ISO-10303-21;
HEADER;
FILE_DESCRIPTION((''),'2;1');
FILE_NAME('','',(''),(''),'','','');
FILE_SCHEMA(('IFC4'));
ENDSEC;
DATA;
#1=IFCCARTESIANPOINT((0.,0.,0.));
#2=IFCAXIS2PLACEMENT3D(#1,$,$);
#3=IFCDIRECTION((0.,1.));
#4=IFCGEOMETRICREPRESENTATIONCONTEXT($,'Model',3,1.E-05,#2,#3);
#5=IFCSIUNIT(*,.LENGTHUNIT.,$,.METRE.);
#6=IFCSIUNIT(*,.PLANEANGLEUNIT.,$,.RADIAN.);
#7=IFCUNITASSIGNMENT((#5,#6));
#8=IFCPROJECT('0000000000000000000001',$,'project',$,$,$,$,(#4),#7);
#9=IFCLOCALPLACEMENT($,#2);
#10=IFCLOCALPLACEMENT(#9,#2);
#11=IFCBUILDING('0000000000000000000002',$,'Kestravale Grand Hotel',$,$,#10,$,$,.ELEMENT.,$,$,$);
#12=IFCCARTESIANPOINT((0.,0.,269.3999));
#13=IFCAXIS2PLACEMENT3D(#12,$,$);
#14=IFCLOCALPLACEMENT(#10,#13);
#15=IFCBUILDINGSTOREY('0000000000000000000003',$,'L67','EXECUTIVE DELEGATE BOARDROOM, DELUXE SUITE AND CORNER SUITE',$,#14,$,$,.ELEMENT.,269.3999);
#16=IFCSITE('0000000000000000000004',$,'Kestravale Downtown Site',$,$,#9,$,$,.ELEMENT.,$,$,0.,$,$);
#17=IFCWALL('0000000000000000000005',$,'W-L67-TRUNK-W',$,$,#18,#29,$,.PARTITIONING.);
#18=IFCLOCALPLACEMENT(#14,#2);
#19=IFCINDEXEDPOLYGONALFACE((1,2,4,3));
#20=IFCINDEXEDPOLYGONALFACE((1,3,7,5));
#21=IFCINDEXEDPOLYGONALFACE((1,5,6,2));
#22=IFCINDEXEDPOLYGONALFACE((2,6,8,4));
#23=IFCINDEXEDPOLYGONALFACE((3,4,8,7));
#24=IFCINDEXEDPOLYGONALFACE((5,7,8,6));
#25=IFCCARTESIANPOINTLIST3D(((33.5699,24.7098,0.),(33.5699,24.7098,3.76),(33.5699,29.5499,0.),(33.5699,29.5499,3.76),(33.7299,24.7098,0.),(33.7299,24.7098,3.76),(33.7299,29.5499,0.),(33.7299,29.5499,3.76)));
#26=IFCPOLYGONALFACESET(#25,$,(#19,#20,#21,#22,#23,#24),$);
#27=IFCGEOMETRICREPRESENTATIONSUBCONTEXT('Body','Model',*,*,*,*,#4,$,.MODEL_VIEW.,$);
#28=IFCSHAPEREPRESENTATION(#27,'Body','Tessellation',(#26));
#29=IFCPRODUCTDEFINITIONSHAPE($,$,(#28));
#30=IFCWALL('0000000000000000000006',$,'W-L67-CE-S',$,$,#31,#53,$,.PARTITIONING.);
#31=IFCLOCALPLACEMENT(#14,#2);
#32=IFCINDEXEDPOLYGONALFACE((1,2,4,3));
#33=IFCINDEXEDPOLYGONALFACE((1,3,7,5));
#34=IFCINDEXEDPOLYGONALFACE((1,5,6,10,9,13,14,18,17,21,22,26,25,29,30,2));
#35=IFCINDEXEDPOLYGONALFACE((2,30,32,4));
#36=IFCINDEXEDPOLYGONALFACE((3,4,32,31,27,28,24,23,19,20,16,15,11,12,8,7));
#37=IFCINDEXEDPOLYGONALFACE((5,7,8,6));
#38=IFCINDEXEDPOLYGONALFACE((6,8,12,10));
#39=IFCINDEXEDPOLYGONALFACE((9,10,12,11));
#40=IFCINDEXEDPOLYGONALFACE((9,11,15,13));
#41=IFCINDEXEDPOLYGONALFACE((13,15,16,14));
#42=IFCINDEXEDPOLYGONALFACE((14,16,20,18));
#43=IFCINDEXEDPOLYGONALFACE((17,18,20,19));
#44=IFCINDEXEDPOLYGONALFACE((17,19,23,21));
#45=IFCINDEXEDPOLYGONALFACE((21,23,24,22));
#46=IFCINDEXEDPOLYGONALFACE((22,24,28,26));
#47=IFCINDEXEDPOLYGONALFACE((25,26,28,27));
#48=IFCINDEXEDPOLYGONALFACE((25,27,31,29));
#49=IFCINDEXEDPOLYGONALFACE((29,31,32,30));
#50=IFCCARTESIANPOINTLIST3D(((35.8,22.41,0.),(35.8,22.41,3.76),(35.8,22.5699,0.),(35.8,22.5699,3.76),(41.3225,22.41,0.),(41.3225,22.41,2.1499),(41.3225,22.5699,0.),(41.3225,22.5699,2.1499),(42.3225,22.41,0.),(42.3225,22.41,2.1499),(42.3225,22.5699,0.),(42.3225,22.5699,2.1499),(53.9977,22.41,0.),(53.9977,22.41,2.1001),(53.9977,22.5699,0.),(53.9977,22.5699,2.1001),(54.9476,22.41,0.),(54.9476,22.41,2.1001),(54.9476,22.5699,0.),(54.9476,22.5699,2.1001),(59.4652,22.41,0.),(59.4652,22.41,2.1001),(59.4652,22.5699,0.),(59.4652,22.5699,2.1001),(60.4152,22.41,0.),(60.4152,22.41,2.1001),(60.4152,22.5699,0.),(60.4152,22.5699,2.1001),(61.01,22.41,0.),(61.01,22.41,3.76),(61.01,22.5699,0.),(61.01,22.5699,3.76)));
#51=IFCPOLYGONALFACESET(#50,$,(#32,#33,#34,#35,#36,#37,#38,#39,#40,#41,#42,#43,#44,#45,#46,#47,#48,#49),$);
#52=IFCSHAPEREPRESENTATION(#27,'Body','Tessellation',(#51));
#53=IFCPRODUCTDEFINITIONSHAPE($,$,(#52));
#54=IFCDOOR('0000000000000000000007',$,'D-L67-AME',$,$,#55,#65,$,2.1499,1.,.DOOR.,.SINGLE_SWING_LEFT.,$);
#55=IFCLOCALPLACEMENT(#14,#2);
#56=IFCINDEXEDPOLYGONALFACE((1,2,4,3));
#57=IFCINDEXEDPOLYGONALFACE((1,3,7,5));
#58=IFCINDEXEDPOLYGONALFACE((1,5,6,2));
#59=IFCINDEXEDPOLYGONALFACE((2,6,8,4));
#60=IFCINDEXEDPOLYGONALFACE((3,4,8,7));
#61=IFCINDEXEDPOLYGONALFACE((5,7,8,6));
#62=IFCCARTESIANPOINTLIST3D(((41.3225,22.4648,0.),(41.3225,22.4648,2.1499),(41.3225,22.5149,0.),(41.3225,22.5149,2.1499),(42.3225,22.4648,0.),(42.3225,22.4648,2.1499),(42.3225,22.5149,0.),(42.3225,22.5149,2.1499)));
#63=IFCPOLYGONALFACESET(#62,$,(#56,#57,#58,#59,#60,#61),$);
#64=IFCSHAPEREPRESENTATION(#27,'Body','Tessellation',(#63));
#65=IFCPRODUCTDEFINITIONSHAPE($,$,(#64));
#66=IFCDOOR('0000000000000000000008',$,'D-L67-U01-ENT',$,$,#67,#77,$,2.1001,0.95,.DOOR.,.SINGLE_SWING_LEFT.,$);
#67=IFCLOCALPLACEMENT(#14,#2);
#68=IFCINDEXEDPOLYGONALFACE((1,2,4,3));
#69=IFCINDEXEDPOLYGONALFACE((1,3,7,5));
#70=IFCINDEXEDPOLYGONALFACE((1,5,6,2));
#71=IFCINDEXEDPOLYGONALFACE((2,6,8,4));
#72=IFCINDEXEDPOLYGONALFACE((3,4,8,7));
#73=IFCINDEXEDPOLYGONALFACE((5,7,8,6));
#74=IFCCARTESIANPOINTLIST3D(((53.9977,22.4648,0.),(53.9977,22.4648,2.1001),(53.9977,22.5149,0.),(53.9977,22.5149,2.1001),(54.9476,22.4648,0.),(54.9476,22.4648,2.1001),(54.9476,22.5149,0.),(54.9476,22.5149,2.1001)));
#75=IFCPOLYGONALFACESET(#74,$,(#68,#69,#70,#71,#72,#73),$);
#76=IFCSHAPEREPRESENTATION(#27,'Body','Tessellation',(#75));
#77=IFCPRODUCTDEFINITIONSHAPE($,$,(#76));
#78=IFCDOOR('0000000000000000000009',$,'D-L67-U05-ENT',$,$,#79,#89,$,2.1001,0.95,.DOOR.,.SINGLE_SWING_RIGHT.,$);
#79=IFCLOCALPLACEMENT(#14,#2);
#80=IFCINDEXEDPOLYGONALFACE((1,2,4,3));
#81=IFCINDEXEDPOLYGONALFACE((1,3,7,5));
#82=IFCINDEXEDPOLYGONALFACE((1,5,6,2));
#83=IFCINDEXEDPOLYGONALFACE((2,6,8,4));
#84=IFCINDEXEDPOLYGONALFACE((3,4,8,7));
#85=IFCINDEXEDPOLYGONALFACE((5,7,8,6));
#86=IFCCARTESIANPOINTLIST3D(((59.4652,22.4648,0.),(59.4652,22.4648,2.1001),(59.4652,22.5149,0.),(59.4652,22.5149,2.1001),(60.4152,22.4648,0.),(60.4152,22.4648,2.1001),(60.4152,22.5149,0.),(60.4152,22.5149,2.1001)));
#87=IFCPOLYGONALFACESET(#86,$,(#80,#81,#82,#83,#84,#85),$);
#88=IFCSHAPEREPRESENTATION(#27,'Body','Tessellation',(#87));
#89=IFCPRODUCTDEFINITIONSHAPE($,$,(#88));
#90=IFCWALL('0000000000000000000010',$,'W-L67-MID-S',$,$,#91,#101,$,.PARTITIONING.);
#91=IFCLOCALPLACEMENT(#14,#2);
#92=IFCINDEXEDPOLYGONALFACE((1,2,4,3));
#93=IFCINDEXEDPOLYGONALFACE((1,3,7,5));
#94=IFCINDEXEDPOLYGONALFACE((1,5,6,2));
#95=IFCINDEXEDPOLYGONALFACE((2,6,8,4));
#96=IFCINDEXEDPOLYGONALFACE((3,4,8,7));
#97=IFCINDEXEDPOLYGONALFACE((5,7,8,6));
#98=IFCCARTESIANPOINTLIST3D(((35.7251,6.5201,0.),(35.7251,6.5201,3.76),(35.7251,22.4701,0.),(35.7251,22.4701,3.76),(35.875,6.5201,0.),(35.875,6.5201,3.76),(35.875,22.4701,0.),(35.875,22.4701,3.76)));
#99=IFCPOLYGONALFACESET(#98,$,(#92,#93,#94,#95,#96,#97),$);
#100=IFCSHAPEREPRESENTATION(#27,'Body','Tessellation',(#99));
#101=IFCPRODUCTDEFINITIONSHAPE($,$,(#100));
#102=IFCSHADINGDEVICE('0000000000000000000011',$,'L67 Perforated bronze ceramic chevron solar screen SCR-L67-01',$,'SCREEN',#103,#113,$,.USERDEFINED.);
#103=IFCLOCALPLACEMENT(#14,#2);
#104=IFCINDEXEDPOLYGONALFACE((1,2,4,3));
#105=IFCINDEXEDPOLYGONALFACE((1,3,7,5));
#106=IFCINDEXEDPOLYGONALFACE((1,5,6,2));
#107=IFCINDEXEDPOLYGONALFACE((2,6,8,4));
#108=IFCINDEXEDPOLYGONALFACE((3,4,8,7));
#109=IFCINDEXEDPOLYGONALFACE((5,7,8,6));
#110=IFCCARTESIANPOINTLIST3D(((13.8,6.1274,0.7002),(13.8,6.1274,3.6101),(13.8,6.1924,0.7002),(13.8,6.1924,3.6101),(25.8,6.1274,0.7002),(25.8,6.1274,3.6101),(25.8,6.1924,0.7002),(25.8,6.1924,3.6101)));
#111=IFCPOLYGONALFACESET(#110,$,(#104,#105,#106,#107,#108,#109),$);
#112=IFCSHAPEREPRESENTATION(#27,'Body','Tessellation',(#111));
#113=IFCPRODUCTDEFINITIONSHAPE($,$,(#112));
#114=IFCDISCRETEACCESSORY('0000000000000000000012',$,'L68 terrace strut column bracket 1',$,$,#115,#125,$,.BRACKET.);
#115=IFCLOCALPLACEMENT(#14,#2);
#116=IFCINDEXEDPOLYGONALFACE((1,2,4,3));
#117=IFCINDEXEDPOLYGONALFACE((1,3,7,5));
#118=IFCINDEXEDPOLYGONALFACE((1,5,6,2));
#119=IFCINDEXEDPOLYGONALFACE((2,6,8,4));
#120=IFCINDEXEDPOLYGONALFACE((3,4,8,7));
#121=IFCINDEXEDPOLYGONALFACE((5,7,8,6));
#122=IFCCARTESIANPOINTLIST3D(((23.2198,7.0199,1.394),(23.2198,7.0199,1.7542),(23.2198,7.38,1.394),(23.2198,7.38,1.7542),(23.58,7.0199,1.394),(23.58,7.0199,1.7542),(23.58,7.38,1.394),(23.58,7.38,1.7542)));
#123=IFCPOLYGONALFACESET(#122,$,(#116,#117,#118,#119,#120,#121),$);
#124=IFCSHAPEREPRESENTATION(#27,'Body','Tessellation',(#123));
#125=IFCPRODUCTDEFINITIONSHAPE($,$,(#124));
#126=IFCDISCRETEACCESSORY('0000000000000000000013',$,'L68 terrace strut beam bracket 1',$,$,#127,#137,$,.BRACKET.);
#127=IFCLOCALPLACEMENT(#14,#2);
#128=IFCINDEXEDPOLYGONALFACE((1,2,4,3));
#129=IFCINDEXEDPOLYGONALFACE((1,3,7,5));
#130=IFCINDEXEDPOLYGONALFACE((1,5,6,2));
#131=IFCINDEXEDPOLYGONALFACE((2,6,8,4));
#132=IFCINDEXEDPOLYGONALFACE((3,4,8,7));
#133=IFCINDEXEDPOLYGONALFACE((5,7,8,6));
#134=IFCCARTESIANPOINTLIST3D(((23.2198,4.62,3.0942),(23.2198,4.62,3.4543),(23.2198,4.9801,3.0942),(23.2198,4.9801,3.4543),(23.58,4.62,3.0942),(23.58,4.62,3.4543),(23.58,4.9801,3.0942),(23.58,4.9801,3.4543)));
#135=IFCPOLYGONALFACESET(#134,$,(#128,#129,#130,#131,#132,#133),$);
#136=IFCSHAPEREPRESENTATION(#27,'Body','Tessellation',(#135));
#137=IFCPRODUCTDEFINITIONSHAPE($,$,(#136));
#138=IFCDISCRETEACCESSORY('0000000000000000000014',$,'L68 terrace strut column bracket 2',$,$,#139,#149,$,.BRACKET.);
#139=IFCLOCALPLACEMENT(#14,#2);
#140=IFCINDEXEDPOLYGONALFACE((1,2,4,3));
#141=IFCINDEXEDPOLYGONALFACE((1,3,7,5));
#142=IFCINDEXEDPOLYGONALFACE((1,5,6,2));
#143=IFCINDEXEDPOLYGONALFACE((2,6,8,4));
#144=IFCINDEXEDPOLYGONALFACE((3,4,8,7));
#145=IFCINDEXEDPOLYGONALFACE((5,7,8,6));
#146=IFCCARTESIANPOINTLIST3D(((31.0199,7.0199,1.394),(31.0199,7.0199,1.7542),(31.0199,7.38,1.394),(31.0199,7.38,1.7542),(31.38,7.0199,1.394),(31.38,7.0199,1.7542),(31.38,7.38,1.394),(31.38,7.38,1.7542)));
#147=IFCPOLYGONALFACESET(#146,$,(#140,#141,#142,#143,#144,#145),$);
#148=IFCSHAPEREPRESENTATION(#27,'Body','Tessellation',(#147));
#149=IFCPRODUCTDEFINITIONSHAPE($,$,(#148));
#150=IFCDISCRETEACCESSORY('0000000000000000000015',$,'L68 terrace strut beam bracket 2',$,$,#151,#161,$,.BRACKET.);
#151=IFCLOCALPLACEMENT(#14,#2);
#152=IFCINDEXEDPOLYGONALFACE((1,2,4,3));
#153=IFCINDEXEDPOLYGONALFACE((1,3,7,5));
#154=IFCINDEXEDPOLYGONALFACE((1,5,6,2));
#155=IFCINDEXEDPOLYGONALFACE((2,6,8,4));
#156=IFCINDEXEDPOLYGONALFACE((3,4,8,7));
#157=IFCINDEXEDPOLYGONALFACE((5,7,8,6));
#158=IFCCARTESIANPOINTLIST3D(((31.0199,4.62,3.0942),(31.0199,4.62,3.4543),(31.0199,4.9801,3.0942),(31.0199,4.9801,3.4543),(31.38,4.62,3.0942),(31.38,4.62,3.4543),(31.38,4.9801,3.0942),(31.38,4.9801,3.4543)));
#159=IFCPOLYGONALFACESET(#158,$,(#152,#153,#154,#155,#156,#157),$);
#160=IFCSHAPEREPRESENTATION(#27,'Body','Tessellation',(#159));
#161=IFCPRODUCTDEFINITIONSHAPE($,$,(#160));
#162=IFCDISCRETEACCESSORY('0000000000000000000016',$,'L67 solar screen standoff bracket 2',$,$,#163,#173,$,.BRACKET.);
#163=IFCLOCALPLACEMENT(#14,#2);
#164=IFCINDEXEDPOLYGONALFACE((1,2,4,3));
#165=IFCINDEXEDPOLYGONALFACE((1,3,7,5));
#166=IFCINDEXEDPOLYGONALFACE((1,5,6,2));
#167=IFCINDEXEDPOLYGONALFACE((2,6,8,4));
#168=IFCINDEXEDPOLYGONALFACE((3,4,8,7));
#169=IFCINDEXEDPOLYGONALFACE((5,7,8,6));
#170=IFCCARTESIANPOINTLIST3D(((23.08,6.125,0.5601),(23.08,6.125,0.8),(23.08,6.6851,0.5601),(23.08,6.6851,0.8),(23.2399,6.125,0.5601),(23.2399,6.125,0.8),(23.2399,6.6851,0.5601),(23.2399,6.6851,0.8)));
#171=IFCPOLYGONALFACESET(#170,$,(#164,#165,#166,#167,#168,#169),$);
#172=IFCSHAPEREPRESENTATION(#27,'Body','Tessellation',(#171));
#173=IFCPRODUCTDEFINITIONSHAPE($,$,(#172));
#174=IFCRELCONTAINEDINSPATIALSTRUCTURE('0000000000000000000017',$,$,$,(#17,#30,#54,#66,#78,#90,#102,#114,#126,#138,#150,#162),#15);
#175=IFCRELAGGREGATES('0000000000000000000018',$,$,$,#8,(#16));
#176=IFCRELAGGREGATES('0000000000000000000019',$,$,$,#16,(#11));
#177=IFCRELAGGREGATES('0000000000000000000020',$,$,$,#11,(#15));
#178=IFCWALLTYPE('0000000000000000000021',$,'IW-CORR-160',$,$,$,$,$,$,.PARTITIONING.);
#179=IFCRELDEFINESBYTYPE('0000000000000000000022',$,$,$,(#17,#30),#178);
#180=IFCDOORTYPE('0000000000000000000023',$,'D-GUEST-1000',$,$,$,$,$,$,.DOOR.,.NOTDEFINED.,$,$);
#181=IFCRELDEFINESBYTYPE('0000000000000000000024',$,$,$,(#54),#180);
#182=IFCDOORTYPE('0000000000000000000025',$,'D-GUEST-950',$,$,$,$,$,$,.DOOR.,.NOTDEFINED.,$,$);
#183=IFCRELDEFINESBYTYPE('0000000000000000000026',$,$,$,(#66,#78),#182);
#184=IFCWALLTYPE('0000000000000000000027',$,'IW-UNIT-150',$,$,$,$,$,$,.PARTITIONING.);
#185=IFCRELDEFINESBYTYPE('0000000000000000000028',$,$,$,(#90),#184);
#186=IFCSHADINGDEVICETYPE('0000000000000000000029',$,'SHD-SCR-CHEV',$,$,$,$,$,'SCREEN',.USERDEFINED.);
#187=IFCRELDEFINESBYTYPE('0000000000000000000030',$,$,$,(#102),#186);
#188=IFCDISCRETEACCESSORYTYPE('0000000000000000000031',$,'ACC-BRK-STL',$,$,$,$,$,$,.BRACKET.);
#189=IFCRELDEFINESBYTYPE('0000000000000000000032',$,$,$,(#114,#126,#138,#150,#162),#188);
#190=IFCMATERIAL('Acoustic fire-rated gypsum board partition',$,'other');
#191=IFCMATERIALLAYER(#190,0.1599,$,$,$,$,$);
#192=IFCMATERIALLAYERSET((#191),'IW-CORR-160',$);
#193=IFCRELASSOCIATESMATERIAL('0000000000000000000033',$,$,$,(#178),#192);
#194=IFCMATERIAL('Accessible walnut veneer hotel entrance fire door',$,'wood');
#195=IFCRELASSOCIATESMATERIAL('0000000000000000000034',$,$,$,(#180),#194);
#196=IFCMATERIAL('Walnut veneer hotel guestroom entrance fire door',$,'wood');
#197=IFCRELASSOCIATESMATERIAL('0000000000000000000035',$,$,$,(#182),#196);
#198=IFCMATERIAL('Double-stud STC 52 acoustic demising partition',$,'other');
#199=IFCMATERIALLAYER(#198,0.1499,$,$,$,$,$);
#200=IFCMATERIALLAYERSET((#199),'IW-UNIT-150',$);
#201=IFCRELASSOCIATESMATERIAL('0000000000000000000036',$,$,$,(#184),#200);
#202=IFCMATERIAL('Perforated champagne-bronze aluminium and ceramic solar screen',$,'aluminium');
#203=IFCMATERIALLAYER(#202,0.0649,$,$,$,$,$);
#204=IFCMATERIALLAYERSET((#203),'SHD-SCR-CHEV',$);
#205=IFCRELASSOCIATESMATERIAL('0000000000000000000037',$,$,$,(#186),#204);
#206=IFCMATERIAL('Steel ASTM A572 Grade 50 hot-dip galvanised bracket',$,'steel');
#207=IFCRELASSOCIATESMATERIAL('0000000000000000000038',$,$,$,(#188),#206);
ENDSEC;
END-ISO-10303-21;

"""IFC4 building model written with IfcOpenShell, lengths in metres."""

from ifc_helpers import new_model, si_unit, direction, frame, frame_2d, origin, origin_2d, place, context, subcontext, project, spatial, rectangle, extrude, material, layer, layer_set, type_object, element, fill, save


model = new_model("IFC4")

# Units and contexts
model_context = context("Model", 3, precision=1e-05, world=origin(), true_north=direction((0.0, 1.0)))
body_context = subcontext(model_context, "Body", "Model", "MODEL_VIEW")
ifc_project = project(units=[si_unit("LENGTHUNIT", "METRE"), si_unit("PLANEANGLEUNIT", "RADIAN")], contexts=[model_context])

# Site, building, storey
site_placement = place(None, origin())
site = spatial("IfcSite", under=ifc_project, at=site_placement, Name="Kestravale Downtown Site", CompositionType="ELEMENT", RefElevation=0.0)
building_placement = place(site_placement, origin())
building = spatial("IfcBuilding", under=site, at=building_placement, Name="Kestravale Grand Hotel", CompositionType="ELEMENT")
storey_placement = place(building_placement, frame((0.0, 0.0, 269.3999)))
storey = spatial("IfcBuildingStorey", under=building, at=storey_placement, Name="L67", Description="EXECUTIVE DELEGATE BOARDROOM, DELUXE SUITE AND CORNER SUITE", CompositionType="ELEMENT", Elevation=269.3999)

# Wall
ifc_material_1 = material(Name="Acoustic fire-rated gypsum board partition", Category="other")
ifc_layer_1 = layer(ifc_material_1, 0.1599)
ifc_layer_set_1 = layer_set([ifc_layer_1], Name="IW-CORR-160")
wall_type_1 = type_object("IfcWallType", Name="IW-CORR-160", PredefinedType="PARTITIONING", material=ifc_layer_set_1)
wall_1_placement = place(storey_placement, frame((33.6499, 24.71, 0.0), z_axis=(0.0, 0.0, 1.0), x_axis=(0.0, 1.0, 0.0)))
element("IfcWall", 1, at=wall_1_placement, inside=storey, type_object=wall_type_1, Name="W-L67-TRUNK-W", PredefinedType="PARTITIONING", context=body_context, shape_type="SweptSolid", body=[
    extrude(rectangle(XDim=4.8401, YDim=0.1599, at=frame_2d((2.4199, 0.0))), origin(), (0.0, 0.0, 1.0), 3.76),
])

# Wall, openings, doors
wall_2_placement = place(storey_placement, frame((35.8, 22.49, 0.0), z_axis=(0.0, 0.0, 1.0), x_axis=(1.0, 0.0, 0.0)))
wall_2 = element("IfcWall", 2, at=wall_2_placement, inside=storey, type_object=wall_type_1, Name="W-L67-CE-S", PredefinedType="PARTITIONING", context=body_context, shape_type="SweptSolid", body=[
    extrude(rectangle(XDim=25.21, YDim=0.1599, at=frame_2d((12.605, 0.0))), origin(), (0.0, 0.0, 1.0), 3.76),
])
opening_1_placement = place(wall_2_placement, frame((5.5225, 0.0, 0.0)))
opening_1 = element("IfcOpeningElement", 3, at=opening_1_placement, cuts=wall_2, PredefinedType="OPENING", context=body_context, shape_type="SweptSolid", body=[
    extrude(rectangle(XDim=1.0, YDim=2.1499, at=frame_2d((0.5, 1.075))), frame((0.0, 0.0898, 0.0), z_axis=(0.0, -1.0, 0.0), x_axis=(1.0, 0.0, 0.0)), (0.0, 0.0, 1.0), 0.1799),
])
opening_2_placement = place(wall_2_placement, frame((18.1975, 0.0, 0.0)))
opening_2 = element("IfcOpeningElement", 4, at=opening_2_placement, cuts=wall_2, PredefinedType="OPENING", context=body_context, shape_type="SweptSolid", body=[
    extrude(rectangle(XDim=0.95, YDim=2.1001, at=frame_2d((0.4751, 1.05))), frame((0.0, 0.0898, 0.0), z_axis=(0.0, -1.0, 0.0), x_axis=(1.0, 0.0, 0.0)), (0.0, 0.0, 1.0), 0.1799),
])
opening_3_placement = place(wall_2_placement, frame((23.665, 0.0, 0.0)))
opening_3 = element("IfcOpeningElement", 5, at=opening_3_placement, cuts=wall_2, PredefinedType="OPENING", context=body_context, shape_type="SweptSolid", body=[
    extrude(rectangle(XDim=0.95, YDim=2.1001, at=frame_2d((0.4751, 1.05))), frame((0.0, 0.0898, 0.0), z_axis=(0.0, -1.0, 0.0), x_axis=(1.0, 0.0, 0.0)), (0.0, 0.0, 1.0), 0.1799),
])
ifc_material_2 = material(Name="Accessible walnut veneer hotel entrance fire door", Category="wood")
door_type_1 = type_object("IfcDoorType", Name="D-GUEST-1000", OperationType="NOTDEFINED", PredefinedType="DOOR", material=ifc_material_2)
door_1_placement = place(opening_1_placement, origin())
door_1 = element("IfcDoor", 6, at=door_1_placement, inside=storey, type_object=door_type_1, Name="D-L67-AME", OperationType="SINGLE_SWING_LEFT", OverallHeight=2.1499, OverallWidth=1.0, PredefinedType="DOOR", context=body_context, shape_type="SweptSolid", body=[
    extrude(rectangle(XDim=1.0, YDim=2.1499, at=frame_2d((0.5, 1.075))), frame((0.0, 0.0249, 0.0), z_axis=(0.0, -1.0, 0.0), x_axis=(1.0, 0.0, 0.0)), (0.0, 0.0, 1.0), 0.05),
])
fill(opening_1, door_1)
ifc_material_3 = material(Name="Walnut veneer hotel guestroom entrance fire door", Category="wood")
door_type_2 = type_object("IfcDoorType", Name="D-GUEST-950", OperationType="NOTDEFINED", PredefinedType="DOOR", material=ifc_material_3)
door_2_placement = place(opening_2_placement, origin())
door_2 = element("IfcDoor", 7, at=door_2_placement, inside=storey, type_object=door_type_2, Name="D-L67-U01-ENT", OperationType="SINGLE_SWING_LEFT", OverallHeight=2.1001, OverallWidth=0.95, PredefinedType="DOOR", context=body_context, shape_type="SweptSolid", body=[
    extrude(rectangle(XDim=0.95, YDim=2.1001, at=frame_2d((0.4751, 1.05))), frame((0.0, 0.0249, 0.0), z_axis=(0.0, -1.0, 0.0), x_axis=(1.0, 0.0, 0.0)), (0.0, 0.0, 1.0), 0.05),
])
fill(opening_2, door_2)
door_3_placement = place(opening_3_placement, origin())
door_3 = element("IfcDoor", 8, at=door_3_placement, inside=storey, type_object=door_type_2, Name="D-L67-U05-ENT", OperationType="SINGLE_SWING_RIGHT", OverallHeight=2.1001, OverallWidth=0.95, PredefinedType="DOOR", context=body_context, shape_type="SweptSolid", body=[
    extrude(rectangle(XDim=0.95, YDim=2.1001, at=frame_2d((0.4751, 1.05))), frame((0.0, 0.0249, 0.0), z_axis=(0.0, -1.0, 0.0), x_axis=(1.0, 0.0, 0.0)), (0.0, 0.0, 1.0), 0.05),
])
fill(opening_3, door_3)

# Wall
ifc_material_4 = material(Name="Double-stud STC 52 acoustic demising partition", Category="other")
ifc_layer_2 = layer(ifc_material_4, 0.1499)
ifc_layer_set_2 = layer_set([ifc_layer_2], Name="IW-UNIT-150")
wall_type_2 = type_object("IfcWallType", Name="IW-UNIT-150", PredefinedType="PARTITIONING", material=ifc_layer_set_2)
wall_3_placement = place(storey_placement, frame((35.8, 6.52, 0.0), z_axis=(0.0, 0.0, 1.0), x_axis=(0.0, 1.0, 0.0)))
element("IfcWall", 9, at=wall_3_placement, inside=storey, type_object=wall_type_2, Name="W-L67-MID-S", PredefinedType="PARTITIONING", context=body_context, shape_type="SweptSolid", body=[
    extrude(rectangle(XDim=15.95, YDim=0.1499, at=frame_2d((7.9751, 0.0))), origin(), (0.0, 0.0, 1.0), 3.76),
])

# Shading device
ifc_material_5 = material(Name="Perforated champagne-bronze aluminium and ceramic solar screen", Category="aluminium")
ifc_layer_3 = layer(ifc_material_5, 0.0649)
ifc_layer_set_3 = layer_set([ifc_layer_3], Name="SHD-SCR-CHEV")
shading_device_type = type_object("IfcShadingDeviceType", Name="SHD-SCR-CHEV", ElementType="SCREEN", PredefinedType="USERDEFINED", material=ifc_layer_set_3)
shading_device_placement = place(storey_placement, frame((19.8, 6.1599, 0.7002), z_axis=(0.0, 0.0, 1.0), x_axis=(1.0, 0.0, 0.0)))
element("IfcShadingDevice", 10, at=shading_device_placement, inside=storey, type_object=shading_device_type, Name="L67 Perforated bronze ceramic chevron solar screen SCR-L67-01", ObjectType="SCREEN", PredefinedType="USERDEFINED", context=body_context, shape_type="SweptSolid", body=[
    extrude(rectangle(XDim=12.0, YDim=0.0649, at=origin_2d()), origin(), (0.0, 0.0, 1.0), 2.9099),
])

# Discrete accessories
ifc_material_6 = material(Name="Steel ASTM A572 Grade 50 hot-dip galvanised bracket", Category="steel")
discrete_accessory_type = type_object("IfcDiscreteAccessoryType", Name="ACC-BRK-STL", PredefinedType="BRACKET", material=ifc_material_6)
for number, where, z_axis, x_axis, name in (
    (11, (23.3999, 7.2, 1.394), (0.0, 0.0, 1.0), (1.0, 0.0, 0.0), "L68 terrace strut column bracket 1"),
    (12, (23.3999, 4.8, 3.0942), (0.0, 0.0, 1.0), (1.0, 0.0, 0.0), "L68 terrace strut beam bracket 1"),
    (13, (31.2, 7.2, 1.394), (0.0, 0.0, 1.0), (1.0, 0.0, 0.0), "L68 terrace strut column bracket 2"),
    (14, (31.2, 4.8, 3.0942), (0.0, 0.0, 1.0), (1.0, 0.0, 0.0), "L68 terrace strut beam bracket 2"),
):
    element("IfcDiscreteAccessory", number, at=place(storey_placement, frame(where, z_axis=z_axis, x_axis=x_axis)), inside=storey, type_object=discrete_accessory_type, Name=name, PredefinedType="BRACKET", context=body_context, shape_type="SweptSolid", body=[
        extrude(rectangle(XDim=0.3601, YDim=0.3601, at=origin_2d()), origin(), (0.0, 0.0, 1.0), 0.3601),
    ])
discrete_accessory_placement = place(storey_placement, frame((23.1599, 6.405, 0.5601), z_axis=(0.0, 0.0, 1.0), x_axis=(1.0, 0.0, 0.0)))
element("IfcDiscreteAccessory", 15, at=discrete_accessory_placement, inside=storey, type_object=discrete_accessory_type, Name="L67 solar screen standoff bracket 2", PredefinedType="BRACKET", context=body_context, shape_type="SweptSolid", body=[
    extrude(rectangle(XDim=0.1599, YDim=0.5601, at=origin_2d()), origin(), (0.0, 0.0, 1.0), 0.24),
])

save(model, "model.ifc")
